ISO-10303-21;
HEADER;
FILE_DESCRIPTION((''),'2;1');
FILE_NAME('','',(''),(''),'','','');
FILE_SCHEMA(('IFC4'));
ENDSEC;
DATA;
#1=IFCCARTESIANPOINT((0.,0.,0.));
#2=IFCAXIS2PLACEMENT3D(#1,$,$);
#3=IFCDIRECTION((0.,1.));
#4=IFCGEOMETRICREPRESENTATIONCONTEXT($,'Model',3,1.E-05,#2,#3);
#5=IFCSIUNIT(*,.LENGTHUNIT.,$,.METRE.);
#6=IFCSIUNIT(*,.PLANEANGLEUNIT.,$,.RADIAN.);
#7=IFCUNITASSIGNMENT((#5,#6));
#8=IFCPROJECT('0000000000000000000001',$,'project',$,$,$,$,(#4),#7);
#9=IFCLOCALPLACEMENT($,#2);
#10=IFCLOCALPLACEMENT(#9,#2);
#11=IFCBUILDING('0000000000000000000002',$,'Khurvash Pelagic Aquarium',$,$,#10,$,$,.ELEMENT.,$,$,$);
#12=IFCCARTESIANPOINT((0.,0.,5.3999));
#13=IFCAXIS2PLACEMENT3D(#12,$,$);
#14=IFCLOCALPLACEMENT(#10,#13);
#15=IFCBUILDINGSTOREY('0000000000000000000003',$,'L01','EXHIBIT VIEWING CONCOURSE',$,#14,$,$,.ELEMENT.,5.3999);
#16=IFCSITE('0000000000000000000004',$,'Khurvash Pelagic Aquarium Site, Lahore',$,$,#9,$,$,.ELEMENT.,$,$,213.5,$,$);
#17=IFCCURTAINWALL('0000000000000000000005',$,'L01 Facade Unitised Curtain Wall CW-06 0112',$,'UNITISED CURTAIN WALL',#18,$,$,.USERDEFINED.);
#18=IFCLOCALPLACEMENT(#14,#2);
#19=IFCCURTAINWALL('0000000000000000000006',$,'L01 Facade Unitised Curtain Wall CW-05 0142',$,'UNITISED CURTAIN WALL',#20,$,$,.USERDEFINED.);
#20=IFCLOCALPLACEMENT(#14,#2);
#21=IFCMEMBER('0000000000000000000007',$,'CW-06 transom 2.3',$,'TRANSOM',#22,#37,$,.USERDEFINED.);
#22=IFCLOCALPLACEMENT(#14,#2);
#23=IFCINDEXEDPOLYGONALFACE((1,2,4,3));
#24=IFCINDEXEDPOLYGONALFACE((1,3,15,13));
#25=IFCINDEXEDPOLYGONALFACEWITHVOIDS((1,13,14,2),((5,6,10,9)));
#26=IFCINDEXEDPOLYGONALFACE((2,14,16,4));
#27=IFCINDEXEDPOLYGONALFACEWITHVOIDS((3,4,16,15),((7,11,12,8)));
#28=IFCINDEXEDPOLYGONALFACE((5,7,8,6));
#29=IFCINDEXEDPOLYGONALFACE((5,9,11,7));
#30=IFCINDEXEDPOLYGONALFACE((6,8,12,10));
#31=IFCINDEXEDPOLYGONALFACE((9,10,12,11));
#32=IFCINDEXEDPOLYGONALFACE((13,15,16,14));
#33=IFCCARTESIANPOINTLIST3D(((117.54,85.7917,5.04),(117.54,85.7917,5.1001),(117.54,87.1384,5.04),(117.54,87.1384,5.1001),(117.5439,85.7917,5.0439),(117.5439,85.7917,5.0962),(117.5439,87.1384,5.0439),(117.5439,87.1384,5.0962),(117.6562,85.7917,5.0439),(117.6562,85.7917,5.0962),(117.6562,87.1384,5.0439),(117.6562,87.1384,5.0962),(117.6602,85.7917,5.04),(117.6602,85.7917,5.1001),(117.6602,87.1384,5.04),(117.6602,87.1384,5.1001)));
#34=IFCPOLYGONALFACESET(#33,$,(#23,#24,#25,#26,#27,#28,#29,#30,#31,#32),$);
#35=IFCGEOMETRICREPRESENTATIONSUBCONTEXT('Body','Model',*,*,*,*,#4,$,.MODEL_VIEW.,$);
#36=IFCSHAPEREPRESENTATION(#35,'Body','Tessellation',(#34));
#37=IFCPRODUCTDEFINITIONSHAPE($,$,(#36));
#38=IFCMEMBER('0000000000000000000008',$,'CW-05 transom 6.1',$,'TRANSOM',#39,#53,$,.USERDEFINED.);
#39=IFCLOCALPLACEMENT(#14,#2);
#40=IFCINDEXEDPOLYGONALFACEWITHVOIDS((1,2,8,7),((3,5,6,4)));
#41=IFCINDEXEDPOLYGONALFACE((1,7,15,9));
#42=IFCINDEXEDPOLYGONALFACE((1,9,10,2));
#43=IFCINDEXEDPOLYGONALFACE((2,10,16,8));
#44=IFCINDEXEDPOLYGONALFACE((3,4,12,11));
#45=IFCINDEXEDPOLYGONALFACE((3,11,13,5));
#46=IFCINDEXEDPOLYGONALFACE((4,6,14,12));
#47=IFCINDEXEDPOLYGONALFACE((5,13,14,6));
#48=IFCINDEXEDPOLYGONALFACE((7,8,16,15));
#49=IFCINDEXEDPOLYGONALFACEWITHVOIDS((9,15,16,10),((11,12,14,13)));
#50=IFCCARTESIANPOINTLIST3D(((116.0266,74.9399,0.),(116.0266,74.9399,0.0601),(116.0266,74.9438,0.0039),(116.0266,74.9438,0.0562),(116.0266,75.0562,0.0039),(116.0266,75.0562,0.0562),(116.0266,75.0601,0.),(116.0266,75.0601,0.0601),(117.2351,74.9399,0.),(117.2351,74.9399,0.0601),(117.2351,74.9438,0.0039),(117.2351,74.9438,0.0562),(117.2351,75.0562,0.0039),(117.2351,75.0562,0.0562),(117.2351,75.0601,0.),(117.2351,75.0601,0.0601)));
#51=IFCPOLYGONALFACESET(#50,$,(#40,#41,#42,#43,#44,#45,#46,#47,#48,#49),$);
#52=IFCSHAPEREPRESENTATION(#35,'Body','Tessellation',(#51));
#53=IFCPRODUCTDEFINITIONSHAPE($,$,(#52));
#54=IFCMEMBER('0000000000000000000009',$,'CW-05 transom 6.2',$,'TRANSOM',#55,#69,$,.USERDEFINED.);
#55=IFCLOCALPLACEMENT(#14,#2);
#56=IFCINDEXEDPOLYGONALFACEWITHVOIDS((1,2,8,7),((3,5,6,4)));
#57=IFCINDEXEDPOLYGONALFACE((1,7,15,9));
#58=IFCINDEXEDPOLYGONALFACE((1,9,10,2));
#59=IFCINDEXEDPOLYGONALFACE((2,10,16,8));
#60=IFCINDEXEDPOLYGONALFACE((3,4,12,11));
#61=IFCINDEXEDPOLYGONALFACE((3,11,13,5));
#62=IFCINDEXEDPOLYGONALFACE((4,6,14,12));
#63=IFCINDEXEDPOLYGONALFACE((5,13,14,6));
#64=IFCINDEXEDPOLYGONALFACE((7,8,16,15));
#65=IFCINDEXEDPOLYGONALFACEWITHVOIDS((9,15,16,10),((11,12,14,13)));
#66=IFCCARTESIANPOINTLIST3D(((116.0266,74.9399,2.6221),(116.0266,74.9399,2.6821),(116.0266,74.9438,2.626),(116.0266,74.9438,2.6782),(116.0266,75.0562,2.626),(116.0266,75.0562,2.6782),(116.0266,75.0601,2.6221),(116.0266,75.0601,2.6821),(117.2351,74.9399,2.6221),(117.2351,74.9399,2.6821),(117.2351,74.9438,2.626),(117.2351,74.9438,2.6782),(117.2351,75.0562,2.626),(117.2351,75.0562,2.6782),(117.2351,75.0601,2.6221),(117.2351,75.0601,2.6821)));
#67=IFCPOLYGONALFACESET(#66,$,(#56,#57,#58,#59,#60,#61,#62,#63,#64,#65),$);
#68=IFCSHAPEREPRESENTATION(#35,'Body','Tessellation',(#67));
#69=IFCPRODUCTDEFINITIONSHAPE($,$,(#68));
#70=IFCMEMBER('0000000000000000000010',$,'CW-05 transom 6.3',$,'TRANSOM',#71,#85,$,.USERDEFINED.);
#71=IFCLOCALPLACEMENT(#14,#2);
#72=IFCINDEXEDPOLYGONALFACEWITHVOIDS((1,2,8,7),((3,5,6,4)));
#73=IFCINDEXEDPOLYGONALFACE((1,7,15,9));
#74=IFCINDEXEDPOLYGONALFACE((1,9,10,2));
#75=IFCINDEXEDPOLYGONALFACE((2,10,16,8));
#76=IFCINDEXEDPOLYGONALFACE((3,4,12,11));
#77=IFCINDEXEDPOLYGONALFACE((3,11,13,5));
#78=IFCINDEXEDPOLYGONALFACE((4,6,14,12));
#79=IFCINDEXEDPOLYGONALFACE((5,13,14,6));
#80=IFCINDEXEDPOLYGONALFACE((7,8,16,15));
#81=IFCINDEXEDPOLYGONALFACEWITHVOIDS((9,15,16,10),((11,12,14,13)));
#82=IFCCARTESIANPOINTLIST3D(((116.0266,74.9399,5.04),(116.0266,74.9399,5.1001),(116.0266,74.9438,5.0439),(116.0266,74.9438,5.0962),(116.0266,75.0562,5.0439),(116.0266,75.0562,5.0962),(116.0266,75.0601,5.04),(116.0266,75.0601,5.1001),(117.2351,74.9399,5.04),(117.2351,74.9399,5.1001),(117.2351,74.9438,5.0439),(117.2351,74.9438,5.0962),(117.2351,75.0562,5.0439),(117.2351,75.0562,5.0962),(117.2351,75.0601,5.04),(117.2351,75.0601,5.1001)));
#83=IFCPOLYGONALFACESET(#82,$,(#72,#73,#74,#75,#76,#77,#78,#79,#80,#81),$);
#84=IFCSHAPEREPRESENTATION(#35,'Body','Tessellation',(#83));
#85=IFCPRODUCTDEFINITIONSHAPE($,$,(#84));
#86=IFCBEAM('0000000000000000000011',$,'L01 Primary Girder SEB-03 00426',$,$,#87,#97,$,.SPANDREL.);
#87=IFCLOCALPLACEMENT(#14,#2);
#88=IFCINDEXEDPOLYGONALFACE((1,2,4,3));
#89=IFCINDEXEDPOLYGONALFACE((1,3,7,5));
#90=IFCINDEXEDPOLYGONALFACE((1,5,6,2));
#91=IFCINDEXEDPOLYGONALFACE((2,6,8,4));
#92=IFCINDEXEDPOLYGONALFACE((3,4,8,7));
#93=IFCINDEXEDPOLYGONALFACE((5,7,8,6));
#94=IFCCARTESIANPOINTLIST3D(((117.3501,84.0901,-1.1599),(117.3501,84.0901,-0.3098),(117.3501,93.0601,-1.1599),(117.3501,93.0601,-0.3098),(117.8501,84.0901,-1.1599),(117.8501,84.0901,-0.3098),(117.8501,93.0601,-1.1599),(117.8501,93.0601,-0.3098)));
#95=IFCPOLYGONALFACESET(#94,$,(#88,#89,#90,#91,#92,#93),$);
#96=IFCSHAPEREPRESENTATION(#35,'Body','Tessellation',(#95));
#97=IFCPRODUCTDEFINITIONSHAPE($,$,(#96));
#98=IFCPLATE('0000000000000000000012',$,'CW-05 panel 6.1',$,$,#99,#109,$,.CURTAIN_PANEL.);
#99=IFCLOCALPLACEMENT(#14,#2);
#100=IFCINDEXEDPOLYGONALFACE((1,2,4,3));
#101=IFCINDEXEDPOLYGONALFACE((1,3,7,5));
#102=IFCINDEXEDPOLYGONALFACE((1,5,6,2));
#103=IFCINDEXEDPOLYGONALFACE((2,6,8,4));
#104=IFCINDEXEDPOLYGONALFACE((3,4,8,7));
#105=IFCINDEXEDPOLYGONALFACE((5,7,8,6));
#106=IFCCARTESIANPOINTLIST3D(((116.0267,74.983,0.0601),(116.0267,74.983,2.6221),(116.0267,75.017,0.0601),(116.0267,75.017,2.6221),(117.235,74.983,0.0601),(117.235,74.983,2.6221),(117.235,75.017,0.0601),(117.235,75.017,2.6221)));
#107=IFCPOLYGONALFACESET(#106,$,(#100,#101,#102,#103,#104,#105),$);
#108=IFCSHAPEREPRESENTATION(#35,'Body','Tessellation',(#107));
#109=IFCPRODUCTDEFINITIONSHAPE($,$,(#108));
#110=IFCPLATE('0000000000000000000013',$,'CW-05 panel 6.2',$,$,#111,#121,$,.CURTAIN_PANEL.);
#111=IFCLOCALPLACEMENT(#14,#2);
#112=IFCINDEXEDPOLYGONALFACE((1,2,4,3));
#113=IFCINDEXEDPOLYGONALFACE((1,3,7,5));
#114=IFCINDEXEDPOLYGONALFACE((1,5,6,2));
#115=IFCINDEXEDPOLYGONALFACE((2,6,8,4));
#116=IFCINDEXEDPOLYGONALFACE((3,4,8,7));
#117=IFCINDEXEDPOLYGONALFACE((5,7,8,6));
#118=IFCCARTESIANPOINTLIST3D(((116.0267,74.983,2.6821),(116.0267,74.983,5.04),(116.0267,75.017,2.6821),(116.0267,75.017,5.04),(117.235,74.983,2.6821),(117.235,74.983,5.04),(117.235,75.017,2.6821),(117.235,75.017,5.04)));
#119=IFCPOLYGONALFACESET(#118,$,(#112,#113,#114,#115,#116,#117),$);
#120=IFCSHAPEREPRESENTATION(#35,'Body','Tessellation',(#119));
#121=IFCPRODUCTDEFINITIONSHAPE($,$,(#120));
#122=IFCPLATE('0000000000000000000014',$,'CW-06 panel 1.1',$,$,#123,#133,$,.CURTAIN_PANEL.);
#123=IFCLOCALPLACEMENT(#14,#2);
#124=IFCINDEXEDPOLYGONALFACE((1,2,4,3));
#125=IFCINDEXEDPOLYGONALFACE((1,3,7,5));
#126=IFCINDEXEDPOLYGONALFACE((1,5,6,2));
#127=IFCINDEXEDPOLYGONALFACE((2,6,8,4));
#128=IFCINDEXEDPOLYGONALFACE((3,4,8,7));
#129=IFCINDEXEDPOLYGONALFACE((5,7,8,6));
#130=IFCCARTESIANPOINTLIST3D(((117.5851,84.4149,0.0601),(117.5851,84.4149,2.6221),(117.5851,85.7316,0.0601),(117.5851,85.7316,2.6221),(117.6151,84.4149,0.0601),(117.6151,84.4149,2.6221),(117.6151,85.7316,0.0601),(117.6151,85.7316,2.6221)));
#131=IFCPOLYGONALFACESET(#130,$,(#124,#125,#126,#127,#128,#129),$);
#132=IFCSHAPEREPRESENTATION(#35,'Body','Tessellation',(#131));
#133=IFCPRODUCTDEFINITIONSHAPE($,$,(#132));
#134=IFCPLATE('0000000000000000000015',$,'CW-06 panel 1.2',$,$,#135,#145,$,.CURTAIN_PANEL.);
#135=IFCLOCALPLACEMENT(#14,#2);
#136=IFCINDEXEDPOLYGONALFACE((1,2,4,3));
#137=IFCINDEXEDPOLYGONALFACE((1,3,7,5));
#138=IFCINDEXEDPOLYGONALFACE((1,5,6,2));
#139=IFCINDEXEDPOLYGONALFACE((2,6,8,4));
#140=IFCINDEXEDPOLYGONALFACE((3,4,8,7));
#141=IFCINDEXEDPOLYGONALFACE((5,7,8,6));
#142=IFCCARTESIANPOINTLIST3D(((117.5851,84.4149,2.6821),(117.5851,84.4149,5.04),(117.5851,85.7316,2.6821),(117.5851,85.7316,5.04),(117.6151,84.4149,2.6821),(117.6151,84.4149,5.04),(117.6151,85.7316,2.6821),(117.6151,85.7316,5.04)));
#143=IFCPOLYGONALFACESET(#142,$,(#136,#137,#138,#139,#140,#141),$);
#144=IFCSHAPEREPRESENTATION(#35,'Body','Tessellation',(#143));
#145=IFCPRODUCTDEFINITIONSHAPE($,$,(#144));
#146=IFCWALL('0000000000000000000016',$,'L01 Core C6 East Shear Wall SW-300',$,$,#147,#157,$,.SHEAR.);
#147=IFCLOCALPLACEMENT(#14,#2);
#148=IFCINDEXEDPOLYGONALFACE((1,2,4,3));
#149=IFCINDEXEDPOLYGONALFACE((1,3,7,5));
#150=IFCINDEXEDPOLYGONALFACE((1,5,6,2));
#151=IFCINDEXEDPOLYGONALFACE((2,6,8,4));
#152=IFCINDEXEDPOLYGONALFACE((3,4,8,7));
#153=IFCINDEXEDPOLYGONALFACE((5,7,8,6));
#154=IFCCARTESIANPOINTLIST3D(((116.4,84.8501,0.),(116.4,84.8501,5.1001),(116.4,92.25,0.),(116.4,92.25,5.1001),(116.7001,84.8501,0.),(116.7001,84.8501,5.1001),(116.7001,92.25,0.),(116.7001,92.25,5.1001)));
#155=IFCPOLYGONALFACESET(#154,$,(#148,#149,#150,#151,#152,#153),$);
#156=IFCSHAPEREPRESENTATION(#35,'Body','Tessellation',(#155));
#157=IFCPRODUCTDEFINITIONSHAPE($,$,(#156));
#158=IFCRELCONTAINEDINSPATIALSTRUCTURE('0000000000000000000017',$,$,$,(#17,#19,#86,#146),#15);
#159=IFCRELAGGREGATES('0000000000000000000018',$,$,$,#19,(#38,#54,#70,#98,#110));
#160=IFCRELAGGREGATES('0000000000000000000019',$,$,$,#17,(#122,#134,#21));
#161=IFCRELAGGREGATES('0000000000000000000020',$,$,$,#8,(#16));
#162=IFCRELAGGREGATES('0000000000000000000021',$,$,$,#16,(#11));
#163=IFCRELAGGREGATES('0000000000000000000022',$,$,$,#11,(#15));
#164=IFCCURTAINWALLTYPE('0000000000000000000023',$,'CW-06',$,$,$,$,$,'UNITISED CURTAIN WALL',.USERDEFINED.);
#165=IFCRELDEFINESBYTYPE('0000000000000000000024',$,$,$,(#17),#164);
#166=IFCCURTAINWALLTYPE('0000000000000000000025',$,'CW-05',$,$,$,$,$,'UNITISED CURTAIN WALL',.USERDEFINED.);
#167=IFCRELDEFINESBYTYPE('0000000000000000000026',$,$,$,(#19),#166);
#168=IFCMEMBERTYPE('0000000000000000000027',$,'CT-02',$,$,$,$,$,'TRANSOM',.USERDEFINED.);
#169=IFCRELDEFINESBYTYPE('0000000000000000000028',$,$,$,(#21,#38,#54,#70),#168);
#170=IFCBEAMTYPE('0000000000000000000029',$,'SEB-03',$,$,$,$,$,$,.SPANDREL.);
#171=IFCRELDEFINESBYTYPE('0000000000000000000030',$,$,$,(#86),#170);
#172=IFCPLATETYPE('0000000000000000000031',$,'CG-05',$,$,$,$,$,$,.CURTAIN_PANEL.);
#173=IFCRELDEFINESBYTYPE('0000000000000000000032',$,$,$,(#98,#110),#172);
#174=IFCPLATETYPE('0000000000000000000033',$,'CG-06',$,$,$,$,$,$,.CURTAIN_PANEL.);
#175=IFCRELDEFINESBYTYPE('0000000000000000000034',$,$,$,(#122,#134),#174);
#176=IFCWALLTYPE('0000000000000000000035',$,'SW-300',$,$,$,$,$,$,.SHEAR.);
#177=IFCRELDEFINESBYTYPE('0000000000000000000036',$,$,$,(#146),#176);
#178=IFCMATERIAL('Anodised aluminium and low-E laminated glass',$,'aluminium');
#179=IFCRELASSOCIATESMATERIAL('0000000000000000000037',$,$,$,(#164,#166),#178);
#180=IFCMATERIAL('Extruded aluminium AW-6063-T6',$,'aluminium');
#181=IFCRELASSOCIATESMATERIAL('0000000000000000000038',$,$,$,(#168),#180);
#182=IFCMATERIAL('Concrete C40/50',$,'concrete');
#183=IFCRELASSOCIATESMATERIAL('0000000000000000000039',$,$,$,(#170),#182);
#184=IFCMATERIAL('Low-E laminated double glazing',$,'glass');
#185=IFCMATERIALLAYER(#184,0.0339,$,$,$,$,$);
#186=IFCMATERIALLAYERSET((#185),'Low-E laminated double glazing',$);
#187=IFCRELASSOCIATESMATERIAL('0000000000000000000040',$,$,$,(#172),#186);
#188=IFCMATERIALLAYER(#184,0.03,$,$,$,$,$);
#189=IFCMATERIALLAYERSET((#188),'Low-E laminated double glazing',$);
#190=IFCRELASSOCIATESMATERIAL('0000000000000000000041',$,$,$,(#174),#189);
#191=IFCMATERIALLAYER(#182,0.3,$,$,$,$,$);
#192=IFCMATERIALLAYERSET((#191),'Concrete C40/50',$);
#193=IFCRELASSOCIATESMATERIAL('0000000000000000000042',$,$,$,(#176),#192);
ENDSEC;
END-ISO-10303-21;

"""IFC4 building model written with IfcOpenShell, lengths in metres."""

from ifc_helpers import new_model, si_unit, direction, frame, frame_2d, origin, origin_2d, place, context, subcontext, project, spatial, rectangle, hollow_rectangle, extrude, material, layer, layer_set, material_profile, profile_set, type_object, element, aggregate, save


model = new_model("IFC4")

# Units and contexts
model_context = context("Model", 3, precision=1e-05, world=origin(), true_north=direction((0.0, 1.0)))
body_context = subcontext(model_context, "Body", "Model", "MODEL_VIEW")
ifc_project = project(units=[si_unit("LENGTHUNIT", "METRE"), si_unit("PLANEANGLEUNIT", "RADIAN")], contexts=[model_context])

# Site, building, storey
site_placement = place(None, origin())
site = spatial("IfcSite", under=ifc_project, at=site_placement, Name="Khurvash Pelagic Aquarium Site, Lahore", CompositionType="ELEMENT", RefElevation=213.5)
building_placement = place(site_placement, origin())
building = spatial("IfcBuilding", under=site, at=building_placement, Name="Khurvash Pelagic Aquarium", CompositionType="ELEMENT")
storey_placement = place(building_placement, frame((0.0, 0.0, 5.3999)))
storey = spatial("IfcBuildingStorey", under=building, at=storey_placement, Name="L01", Description="EXHIBIT VIEWING CONCOURSE", CompositionType="ELEMENT", Elevation=5.3999)

# Shared definitions
ifc_material_1 = material(Name="Concrete C40/50", Category="concrete")

# Curtain wall
ifc_material_2 = material(Name="Anodised aluminium and low-E laminated glass", Category="aluminium")
curtain_wall_type_1 = type_object("IfcCurtainWallType", Name="CW-06", ElementType="UNITISED CURTAIN WALL", PredefinedType="USERDEFINED", material=ifc_material_2)
curtain_wall_1_placement = place(storey_placement, origin())
curtain_wall_1 = element("IfcCurtainWall", 1, at=curtain_wall_1_placement, inside=storey, type_object=curtain_wall_type_1, Name="L01 Facade Unitised Curtain Wall CW-06 0112", ObjectType="UNITISED CURTAIN WALL", PredefinedType="USERDEFINED")
ifc_material_3 = material(Name="Extruded aluminium AW-6063-T6", Category="aluminium")

# Curtain wall
curtain_wall_type_2 = type_object("IfcCurtainWallType", Name="CW-05", ElementType="UNITISED CURTAIN WALL", PredefinedType="USERDEFINED", material=ifc_material_2)
curtain_wall_2_placement = place(storey_placement, origin())
curtain_wall_2 = element("IfcCurtainWall", 2, at=curtain_wall_2_placement, inside=storey, type_object=curtain_wall_type_2, Name="L01 Facade Unitised Curtain Wall CW-05 0142", ObjectType="UNITISED CURTAIN WALL", PredefinedType="USERDEFINED")

# Members
ifc_material_profile_1 = material_profile(ifc_material_3, hollow_rectangle(XDim=0.1201, YDim=0.0601, WallThickness=0.0039, at=origin_2d()), Name="CWT120X60X4")
ifc_profile_set_1 = profile_set([ifc_material_profile_1], Name="Extruded aluminium AW-6063-T6")
member_type_1 = type_object("IfcMemberType", Name="CT-02", ElementType="TRANSOM", PredefinedType="USERDEFINED", material=ifc_profile_set_1)
member_1_placement = place(storey_placement, frame((117.6001, 85.7917, 5.0701), z_axis=(0.0, 1.0, 0.0), x_axis=(-1.0, 0.0, 0.0)))
member_1 = element("IfcMember", 3, at=member_1_placement, type_object=member_type_1, Name="CW-06 transom 2.3", ObjectType="TRANSOM", PredefinedType="USERDEFINED", context=body_context, shape_type="SweptSolid", body=[
    extrude(hollow_rectangle(XDim=0.1201, YDim=0.0601, WallThickness=0.0039, at=origin_2d()), origin(), (0.0, 0.0, 1.0), 1.3467),
])
member_2_placement = place(storey_placement, frame((116.0266, 75.0, 0.03), z_axis=(1.0, 0.0, 0.0), x_axis=(0.0, 1.0, 0.0)))
member_2 = element("IfcMember", 4, at=member_2_placement, type_object=member_type_1, Name="CW-05 transom 6.1", ObjectType="TRANSOM", PredefinedType="USERDEFINED", context=body_context, shape_type="SweptSolid", body=[
    extrude(hollow_rectangle(XDim=0.1201, YDim=0.0601, WallThickness=0.0039, at=origin_2d()), origin(), (0.0, 0.0, 1.0), 1.2085),
])
member_3_placement = place(storey_placement, frame((116.0266, 75.0, 2.6521), z_axis=(1.0, 0.0, 0.0), x_axis=(0.0, 1.0, 0.0)))
member_3 = element("IfcMember", 5, at=member_3_placement, type_object=member_type_1, Name="CW-05 transom 6.2", ObjectType="TRANSOM", PredefinedType="USERDEFINED", context=body_context, shape_type="SweptSolid", body=[
    extrude(hollow_rectangle(XDim=0.1201, YDim=0.0601, WallThickness=0.0039, at=origin_2d()), origin(), (0.0, 0.0, 1.0), 1.2085),
])
member_4_placement = place(storey_placement, frame((116.0266, 75.0, 5.0701), z_axis=(1.0, 0.0, 0.0), x_axis=(0.0, 1.0, 0.0)))
member_4 = element("IfcMember", 6, at=member_4_placement, type_object=member_type_1, Name="CW-05 transom 6.3", ObjectType="TRANSOM", PredefinedType="USERDEFINED", context=body_context, shape_type="SweptSolid", body=[
    extrude(hollow_rectangle(XDim=0.1201, YDim=0.0601, WallThickness=0.0039, at=origin_2d()), origin(), (0.0, 0.0, 1.0), 1.2085),
])

# Beam
ifc_material_profile_2 = material_profile(ifc_material_1, rectangle(XDim=0.5, YDim=0.8501, at=origin_2d()), Name="RC500X850")
ifc_profile_set_2 = profile_set([ifc_material_profile_2], Name="Concrete C40/50")
beam_type_1 = type_object("IfcBeamType", Name="SEB-03", PredefinedType="SPANDREL", material=ifc_profile_set_2)
beam_1_placement = place(storey_placement, frame((117.6001, 84.0901, -0.7349), z_axis=(0.0, 1.0, 0.0), x_axis=(-1.0, 0.0, 0.0)))
element("IfcBeam", 7, at=beam_1_placement, inside=storey, type_object=beam_type_1, Name="L01 Primary Girder SEB-03 00426", PredefinedType="SPANDREL", context=body_context, shape_type="SweptSolid", body=[
    extrude(rectangle(XDim=0.5, YDim=0.8501, at=origin_2d()), origin(), (0.0, 0.0, 1.0), 8.97),
])

# Plates
ifc_material_4 = material(Name="Low-E laminated double glazing", Category="glass")
ifc_layer_1 = layer(ifc_material_4, 0.0339)
ifc_layer_set_1 = layer_set([ifc_layer_1], Name="Low-E laminated double glazing")
plate_type_1 = type_object("IfcPlateType", Name="CG-05", PredefinedType="CURTAIN_PANEL", material=ifc_layer_set_1)
plate_1_placement = place(storey_placement, frame((116.6309, 75.0, 0.0601), z_axis=(0.0, 0.0, 1.0), x_axis=(1.0, 0.0, 0.0)))
plate_1 = element("IfcPlate", 8, at=plate_1_placement, type_object=plate_type_1, Name="CW-05 panel 6.1", PredefinedType="CURTAIN_PANEL", context=body_context, shape_type="SweptSolid", body=[
    extrude(rectangle(XDim=1.2083, YDim=0.0339, at=origin_2d()), origin(), (0.0, 0.0, 1.0), 2.562),
])
plate_2_placement = place(storey_placement, frame((116.6309, 75.0, 2.6821), z_axis=(0.0, 0.0, 1.0), x_axis=(1.0, 0.0, 0.0)))
plate_2 = element("IfcPlate", 9, at=plate_2_placement, type_object=plate_type_1, Name="CW-05 panel 6.2", PredefinedType="CURTAIN_PANEL", context=body_context, shape_type="SweptSolid", body=[
    extrude(rectangle(XDim=1.2083, YDim=0.0339, at=origin_2d()), origin(), (0.0, 0.0, 1.0), 2.3579),
])
aggregate(curtain_wall_2, [member_2, member_3, member_4, plate_1, plate_2])
ifc_layer_2 = layer(ifc_material_4, 0.03)
ifc_layer_set_2 = layer_set([ifc_layer_2], Name="Low-E laminated double glazing")
plate_type_2 = type_object("IfcPlateType", Name="CG-06", PredefinedType="CURTAIN_PANEL", material=ifc_layer_set_2)
plate_3_placement = place(storey_placement, frame((117.6001, 85.0732, 0.0601), z_axis=(0.0, 0.0, 1.0), x_axis=(0.0, 1.0, 0.0)))
plate_3 = element("IfcPlate", 10, at=plate_3_placement, type_object=plate_type_2, Name="CW-06 panel 1.1", PredefinedType="CURTAIN_PANEL", context=body_context, shape_type="SweptSolid", body=[
    extrude(rectangle(XDim=1.3167, YDim=0.03, at=origin_2d()), origin(), (0.0, 0.0, 1.0), 2.562),
])
plate_4_placement = place(storey_placement, frame((117.6001, 85.0732, 2.6821), z_axis=(0.0, 0.0, 1.0), x_axis=(0.0, 1.0, 0.0)))
plate_4 = element("IfcPlate", 11, at=plate_4_placement, type_object=plate_type_2, Name="CW-06 panel 1.2", PredefinedType="CURTAIN_PANEL", context=body_context, shape_type="SweptSolid", body=[
    extrude(rectangle(XDim=1.3167, YDim=0.03, at=origin_2d()), origin(), (0.0, 0.0, 1.0), 2.3579),
])
aggregate(curtain_wall_1, [plate_3, plate_4, member_1])

# Wall
ifc_layer_3 = layer(ifc_material_1, 0.3)
ifc_layer_set_3 = layer_set([ifc_layer_3], Name="Concrete C40/50")
wall_type = type_object("IfcWallType", Name="SW-300", PredefinedType="SHEAR", material=ifc_layer_set_3)
wall_placement = place(storey_placement, frame((116.55, 84.8501, 0.0), z_axis=(0.0, 0.0, 1.0), x_axis=(0.0, 1.0, 0.0)))
element("IfcWall", 12, at=wall_placement, inside=storey, type_object=wall_type, Name="L01 Core C6 East Shear Wall SW-300", PredefinedType="SHEAR", context=body_context, shape_type="SweptSolid", body=[
    extrude(rectangle(XDim=7.3999, YDim=0.3, at=frame_2d((3.7, 0.0))), origin(), (0.0, 0.0, 1.0), 5.1001),
])

save(model, "model.ifc")
